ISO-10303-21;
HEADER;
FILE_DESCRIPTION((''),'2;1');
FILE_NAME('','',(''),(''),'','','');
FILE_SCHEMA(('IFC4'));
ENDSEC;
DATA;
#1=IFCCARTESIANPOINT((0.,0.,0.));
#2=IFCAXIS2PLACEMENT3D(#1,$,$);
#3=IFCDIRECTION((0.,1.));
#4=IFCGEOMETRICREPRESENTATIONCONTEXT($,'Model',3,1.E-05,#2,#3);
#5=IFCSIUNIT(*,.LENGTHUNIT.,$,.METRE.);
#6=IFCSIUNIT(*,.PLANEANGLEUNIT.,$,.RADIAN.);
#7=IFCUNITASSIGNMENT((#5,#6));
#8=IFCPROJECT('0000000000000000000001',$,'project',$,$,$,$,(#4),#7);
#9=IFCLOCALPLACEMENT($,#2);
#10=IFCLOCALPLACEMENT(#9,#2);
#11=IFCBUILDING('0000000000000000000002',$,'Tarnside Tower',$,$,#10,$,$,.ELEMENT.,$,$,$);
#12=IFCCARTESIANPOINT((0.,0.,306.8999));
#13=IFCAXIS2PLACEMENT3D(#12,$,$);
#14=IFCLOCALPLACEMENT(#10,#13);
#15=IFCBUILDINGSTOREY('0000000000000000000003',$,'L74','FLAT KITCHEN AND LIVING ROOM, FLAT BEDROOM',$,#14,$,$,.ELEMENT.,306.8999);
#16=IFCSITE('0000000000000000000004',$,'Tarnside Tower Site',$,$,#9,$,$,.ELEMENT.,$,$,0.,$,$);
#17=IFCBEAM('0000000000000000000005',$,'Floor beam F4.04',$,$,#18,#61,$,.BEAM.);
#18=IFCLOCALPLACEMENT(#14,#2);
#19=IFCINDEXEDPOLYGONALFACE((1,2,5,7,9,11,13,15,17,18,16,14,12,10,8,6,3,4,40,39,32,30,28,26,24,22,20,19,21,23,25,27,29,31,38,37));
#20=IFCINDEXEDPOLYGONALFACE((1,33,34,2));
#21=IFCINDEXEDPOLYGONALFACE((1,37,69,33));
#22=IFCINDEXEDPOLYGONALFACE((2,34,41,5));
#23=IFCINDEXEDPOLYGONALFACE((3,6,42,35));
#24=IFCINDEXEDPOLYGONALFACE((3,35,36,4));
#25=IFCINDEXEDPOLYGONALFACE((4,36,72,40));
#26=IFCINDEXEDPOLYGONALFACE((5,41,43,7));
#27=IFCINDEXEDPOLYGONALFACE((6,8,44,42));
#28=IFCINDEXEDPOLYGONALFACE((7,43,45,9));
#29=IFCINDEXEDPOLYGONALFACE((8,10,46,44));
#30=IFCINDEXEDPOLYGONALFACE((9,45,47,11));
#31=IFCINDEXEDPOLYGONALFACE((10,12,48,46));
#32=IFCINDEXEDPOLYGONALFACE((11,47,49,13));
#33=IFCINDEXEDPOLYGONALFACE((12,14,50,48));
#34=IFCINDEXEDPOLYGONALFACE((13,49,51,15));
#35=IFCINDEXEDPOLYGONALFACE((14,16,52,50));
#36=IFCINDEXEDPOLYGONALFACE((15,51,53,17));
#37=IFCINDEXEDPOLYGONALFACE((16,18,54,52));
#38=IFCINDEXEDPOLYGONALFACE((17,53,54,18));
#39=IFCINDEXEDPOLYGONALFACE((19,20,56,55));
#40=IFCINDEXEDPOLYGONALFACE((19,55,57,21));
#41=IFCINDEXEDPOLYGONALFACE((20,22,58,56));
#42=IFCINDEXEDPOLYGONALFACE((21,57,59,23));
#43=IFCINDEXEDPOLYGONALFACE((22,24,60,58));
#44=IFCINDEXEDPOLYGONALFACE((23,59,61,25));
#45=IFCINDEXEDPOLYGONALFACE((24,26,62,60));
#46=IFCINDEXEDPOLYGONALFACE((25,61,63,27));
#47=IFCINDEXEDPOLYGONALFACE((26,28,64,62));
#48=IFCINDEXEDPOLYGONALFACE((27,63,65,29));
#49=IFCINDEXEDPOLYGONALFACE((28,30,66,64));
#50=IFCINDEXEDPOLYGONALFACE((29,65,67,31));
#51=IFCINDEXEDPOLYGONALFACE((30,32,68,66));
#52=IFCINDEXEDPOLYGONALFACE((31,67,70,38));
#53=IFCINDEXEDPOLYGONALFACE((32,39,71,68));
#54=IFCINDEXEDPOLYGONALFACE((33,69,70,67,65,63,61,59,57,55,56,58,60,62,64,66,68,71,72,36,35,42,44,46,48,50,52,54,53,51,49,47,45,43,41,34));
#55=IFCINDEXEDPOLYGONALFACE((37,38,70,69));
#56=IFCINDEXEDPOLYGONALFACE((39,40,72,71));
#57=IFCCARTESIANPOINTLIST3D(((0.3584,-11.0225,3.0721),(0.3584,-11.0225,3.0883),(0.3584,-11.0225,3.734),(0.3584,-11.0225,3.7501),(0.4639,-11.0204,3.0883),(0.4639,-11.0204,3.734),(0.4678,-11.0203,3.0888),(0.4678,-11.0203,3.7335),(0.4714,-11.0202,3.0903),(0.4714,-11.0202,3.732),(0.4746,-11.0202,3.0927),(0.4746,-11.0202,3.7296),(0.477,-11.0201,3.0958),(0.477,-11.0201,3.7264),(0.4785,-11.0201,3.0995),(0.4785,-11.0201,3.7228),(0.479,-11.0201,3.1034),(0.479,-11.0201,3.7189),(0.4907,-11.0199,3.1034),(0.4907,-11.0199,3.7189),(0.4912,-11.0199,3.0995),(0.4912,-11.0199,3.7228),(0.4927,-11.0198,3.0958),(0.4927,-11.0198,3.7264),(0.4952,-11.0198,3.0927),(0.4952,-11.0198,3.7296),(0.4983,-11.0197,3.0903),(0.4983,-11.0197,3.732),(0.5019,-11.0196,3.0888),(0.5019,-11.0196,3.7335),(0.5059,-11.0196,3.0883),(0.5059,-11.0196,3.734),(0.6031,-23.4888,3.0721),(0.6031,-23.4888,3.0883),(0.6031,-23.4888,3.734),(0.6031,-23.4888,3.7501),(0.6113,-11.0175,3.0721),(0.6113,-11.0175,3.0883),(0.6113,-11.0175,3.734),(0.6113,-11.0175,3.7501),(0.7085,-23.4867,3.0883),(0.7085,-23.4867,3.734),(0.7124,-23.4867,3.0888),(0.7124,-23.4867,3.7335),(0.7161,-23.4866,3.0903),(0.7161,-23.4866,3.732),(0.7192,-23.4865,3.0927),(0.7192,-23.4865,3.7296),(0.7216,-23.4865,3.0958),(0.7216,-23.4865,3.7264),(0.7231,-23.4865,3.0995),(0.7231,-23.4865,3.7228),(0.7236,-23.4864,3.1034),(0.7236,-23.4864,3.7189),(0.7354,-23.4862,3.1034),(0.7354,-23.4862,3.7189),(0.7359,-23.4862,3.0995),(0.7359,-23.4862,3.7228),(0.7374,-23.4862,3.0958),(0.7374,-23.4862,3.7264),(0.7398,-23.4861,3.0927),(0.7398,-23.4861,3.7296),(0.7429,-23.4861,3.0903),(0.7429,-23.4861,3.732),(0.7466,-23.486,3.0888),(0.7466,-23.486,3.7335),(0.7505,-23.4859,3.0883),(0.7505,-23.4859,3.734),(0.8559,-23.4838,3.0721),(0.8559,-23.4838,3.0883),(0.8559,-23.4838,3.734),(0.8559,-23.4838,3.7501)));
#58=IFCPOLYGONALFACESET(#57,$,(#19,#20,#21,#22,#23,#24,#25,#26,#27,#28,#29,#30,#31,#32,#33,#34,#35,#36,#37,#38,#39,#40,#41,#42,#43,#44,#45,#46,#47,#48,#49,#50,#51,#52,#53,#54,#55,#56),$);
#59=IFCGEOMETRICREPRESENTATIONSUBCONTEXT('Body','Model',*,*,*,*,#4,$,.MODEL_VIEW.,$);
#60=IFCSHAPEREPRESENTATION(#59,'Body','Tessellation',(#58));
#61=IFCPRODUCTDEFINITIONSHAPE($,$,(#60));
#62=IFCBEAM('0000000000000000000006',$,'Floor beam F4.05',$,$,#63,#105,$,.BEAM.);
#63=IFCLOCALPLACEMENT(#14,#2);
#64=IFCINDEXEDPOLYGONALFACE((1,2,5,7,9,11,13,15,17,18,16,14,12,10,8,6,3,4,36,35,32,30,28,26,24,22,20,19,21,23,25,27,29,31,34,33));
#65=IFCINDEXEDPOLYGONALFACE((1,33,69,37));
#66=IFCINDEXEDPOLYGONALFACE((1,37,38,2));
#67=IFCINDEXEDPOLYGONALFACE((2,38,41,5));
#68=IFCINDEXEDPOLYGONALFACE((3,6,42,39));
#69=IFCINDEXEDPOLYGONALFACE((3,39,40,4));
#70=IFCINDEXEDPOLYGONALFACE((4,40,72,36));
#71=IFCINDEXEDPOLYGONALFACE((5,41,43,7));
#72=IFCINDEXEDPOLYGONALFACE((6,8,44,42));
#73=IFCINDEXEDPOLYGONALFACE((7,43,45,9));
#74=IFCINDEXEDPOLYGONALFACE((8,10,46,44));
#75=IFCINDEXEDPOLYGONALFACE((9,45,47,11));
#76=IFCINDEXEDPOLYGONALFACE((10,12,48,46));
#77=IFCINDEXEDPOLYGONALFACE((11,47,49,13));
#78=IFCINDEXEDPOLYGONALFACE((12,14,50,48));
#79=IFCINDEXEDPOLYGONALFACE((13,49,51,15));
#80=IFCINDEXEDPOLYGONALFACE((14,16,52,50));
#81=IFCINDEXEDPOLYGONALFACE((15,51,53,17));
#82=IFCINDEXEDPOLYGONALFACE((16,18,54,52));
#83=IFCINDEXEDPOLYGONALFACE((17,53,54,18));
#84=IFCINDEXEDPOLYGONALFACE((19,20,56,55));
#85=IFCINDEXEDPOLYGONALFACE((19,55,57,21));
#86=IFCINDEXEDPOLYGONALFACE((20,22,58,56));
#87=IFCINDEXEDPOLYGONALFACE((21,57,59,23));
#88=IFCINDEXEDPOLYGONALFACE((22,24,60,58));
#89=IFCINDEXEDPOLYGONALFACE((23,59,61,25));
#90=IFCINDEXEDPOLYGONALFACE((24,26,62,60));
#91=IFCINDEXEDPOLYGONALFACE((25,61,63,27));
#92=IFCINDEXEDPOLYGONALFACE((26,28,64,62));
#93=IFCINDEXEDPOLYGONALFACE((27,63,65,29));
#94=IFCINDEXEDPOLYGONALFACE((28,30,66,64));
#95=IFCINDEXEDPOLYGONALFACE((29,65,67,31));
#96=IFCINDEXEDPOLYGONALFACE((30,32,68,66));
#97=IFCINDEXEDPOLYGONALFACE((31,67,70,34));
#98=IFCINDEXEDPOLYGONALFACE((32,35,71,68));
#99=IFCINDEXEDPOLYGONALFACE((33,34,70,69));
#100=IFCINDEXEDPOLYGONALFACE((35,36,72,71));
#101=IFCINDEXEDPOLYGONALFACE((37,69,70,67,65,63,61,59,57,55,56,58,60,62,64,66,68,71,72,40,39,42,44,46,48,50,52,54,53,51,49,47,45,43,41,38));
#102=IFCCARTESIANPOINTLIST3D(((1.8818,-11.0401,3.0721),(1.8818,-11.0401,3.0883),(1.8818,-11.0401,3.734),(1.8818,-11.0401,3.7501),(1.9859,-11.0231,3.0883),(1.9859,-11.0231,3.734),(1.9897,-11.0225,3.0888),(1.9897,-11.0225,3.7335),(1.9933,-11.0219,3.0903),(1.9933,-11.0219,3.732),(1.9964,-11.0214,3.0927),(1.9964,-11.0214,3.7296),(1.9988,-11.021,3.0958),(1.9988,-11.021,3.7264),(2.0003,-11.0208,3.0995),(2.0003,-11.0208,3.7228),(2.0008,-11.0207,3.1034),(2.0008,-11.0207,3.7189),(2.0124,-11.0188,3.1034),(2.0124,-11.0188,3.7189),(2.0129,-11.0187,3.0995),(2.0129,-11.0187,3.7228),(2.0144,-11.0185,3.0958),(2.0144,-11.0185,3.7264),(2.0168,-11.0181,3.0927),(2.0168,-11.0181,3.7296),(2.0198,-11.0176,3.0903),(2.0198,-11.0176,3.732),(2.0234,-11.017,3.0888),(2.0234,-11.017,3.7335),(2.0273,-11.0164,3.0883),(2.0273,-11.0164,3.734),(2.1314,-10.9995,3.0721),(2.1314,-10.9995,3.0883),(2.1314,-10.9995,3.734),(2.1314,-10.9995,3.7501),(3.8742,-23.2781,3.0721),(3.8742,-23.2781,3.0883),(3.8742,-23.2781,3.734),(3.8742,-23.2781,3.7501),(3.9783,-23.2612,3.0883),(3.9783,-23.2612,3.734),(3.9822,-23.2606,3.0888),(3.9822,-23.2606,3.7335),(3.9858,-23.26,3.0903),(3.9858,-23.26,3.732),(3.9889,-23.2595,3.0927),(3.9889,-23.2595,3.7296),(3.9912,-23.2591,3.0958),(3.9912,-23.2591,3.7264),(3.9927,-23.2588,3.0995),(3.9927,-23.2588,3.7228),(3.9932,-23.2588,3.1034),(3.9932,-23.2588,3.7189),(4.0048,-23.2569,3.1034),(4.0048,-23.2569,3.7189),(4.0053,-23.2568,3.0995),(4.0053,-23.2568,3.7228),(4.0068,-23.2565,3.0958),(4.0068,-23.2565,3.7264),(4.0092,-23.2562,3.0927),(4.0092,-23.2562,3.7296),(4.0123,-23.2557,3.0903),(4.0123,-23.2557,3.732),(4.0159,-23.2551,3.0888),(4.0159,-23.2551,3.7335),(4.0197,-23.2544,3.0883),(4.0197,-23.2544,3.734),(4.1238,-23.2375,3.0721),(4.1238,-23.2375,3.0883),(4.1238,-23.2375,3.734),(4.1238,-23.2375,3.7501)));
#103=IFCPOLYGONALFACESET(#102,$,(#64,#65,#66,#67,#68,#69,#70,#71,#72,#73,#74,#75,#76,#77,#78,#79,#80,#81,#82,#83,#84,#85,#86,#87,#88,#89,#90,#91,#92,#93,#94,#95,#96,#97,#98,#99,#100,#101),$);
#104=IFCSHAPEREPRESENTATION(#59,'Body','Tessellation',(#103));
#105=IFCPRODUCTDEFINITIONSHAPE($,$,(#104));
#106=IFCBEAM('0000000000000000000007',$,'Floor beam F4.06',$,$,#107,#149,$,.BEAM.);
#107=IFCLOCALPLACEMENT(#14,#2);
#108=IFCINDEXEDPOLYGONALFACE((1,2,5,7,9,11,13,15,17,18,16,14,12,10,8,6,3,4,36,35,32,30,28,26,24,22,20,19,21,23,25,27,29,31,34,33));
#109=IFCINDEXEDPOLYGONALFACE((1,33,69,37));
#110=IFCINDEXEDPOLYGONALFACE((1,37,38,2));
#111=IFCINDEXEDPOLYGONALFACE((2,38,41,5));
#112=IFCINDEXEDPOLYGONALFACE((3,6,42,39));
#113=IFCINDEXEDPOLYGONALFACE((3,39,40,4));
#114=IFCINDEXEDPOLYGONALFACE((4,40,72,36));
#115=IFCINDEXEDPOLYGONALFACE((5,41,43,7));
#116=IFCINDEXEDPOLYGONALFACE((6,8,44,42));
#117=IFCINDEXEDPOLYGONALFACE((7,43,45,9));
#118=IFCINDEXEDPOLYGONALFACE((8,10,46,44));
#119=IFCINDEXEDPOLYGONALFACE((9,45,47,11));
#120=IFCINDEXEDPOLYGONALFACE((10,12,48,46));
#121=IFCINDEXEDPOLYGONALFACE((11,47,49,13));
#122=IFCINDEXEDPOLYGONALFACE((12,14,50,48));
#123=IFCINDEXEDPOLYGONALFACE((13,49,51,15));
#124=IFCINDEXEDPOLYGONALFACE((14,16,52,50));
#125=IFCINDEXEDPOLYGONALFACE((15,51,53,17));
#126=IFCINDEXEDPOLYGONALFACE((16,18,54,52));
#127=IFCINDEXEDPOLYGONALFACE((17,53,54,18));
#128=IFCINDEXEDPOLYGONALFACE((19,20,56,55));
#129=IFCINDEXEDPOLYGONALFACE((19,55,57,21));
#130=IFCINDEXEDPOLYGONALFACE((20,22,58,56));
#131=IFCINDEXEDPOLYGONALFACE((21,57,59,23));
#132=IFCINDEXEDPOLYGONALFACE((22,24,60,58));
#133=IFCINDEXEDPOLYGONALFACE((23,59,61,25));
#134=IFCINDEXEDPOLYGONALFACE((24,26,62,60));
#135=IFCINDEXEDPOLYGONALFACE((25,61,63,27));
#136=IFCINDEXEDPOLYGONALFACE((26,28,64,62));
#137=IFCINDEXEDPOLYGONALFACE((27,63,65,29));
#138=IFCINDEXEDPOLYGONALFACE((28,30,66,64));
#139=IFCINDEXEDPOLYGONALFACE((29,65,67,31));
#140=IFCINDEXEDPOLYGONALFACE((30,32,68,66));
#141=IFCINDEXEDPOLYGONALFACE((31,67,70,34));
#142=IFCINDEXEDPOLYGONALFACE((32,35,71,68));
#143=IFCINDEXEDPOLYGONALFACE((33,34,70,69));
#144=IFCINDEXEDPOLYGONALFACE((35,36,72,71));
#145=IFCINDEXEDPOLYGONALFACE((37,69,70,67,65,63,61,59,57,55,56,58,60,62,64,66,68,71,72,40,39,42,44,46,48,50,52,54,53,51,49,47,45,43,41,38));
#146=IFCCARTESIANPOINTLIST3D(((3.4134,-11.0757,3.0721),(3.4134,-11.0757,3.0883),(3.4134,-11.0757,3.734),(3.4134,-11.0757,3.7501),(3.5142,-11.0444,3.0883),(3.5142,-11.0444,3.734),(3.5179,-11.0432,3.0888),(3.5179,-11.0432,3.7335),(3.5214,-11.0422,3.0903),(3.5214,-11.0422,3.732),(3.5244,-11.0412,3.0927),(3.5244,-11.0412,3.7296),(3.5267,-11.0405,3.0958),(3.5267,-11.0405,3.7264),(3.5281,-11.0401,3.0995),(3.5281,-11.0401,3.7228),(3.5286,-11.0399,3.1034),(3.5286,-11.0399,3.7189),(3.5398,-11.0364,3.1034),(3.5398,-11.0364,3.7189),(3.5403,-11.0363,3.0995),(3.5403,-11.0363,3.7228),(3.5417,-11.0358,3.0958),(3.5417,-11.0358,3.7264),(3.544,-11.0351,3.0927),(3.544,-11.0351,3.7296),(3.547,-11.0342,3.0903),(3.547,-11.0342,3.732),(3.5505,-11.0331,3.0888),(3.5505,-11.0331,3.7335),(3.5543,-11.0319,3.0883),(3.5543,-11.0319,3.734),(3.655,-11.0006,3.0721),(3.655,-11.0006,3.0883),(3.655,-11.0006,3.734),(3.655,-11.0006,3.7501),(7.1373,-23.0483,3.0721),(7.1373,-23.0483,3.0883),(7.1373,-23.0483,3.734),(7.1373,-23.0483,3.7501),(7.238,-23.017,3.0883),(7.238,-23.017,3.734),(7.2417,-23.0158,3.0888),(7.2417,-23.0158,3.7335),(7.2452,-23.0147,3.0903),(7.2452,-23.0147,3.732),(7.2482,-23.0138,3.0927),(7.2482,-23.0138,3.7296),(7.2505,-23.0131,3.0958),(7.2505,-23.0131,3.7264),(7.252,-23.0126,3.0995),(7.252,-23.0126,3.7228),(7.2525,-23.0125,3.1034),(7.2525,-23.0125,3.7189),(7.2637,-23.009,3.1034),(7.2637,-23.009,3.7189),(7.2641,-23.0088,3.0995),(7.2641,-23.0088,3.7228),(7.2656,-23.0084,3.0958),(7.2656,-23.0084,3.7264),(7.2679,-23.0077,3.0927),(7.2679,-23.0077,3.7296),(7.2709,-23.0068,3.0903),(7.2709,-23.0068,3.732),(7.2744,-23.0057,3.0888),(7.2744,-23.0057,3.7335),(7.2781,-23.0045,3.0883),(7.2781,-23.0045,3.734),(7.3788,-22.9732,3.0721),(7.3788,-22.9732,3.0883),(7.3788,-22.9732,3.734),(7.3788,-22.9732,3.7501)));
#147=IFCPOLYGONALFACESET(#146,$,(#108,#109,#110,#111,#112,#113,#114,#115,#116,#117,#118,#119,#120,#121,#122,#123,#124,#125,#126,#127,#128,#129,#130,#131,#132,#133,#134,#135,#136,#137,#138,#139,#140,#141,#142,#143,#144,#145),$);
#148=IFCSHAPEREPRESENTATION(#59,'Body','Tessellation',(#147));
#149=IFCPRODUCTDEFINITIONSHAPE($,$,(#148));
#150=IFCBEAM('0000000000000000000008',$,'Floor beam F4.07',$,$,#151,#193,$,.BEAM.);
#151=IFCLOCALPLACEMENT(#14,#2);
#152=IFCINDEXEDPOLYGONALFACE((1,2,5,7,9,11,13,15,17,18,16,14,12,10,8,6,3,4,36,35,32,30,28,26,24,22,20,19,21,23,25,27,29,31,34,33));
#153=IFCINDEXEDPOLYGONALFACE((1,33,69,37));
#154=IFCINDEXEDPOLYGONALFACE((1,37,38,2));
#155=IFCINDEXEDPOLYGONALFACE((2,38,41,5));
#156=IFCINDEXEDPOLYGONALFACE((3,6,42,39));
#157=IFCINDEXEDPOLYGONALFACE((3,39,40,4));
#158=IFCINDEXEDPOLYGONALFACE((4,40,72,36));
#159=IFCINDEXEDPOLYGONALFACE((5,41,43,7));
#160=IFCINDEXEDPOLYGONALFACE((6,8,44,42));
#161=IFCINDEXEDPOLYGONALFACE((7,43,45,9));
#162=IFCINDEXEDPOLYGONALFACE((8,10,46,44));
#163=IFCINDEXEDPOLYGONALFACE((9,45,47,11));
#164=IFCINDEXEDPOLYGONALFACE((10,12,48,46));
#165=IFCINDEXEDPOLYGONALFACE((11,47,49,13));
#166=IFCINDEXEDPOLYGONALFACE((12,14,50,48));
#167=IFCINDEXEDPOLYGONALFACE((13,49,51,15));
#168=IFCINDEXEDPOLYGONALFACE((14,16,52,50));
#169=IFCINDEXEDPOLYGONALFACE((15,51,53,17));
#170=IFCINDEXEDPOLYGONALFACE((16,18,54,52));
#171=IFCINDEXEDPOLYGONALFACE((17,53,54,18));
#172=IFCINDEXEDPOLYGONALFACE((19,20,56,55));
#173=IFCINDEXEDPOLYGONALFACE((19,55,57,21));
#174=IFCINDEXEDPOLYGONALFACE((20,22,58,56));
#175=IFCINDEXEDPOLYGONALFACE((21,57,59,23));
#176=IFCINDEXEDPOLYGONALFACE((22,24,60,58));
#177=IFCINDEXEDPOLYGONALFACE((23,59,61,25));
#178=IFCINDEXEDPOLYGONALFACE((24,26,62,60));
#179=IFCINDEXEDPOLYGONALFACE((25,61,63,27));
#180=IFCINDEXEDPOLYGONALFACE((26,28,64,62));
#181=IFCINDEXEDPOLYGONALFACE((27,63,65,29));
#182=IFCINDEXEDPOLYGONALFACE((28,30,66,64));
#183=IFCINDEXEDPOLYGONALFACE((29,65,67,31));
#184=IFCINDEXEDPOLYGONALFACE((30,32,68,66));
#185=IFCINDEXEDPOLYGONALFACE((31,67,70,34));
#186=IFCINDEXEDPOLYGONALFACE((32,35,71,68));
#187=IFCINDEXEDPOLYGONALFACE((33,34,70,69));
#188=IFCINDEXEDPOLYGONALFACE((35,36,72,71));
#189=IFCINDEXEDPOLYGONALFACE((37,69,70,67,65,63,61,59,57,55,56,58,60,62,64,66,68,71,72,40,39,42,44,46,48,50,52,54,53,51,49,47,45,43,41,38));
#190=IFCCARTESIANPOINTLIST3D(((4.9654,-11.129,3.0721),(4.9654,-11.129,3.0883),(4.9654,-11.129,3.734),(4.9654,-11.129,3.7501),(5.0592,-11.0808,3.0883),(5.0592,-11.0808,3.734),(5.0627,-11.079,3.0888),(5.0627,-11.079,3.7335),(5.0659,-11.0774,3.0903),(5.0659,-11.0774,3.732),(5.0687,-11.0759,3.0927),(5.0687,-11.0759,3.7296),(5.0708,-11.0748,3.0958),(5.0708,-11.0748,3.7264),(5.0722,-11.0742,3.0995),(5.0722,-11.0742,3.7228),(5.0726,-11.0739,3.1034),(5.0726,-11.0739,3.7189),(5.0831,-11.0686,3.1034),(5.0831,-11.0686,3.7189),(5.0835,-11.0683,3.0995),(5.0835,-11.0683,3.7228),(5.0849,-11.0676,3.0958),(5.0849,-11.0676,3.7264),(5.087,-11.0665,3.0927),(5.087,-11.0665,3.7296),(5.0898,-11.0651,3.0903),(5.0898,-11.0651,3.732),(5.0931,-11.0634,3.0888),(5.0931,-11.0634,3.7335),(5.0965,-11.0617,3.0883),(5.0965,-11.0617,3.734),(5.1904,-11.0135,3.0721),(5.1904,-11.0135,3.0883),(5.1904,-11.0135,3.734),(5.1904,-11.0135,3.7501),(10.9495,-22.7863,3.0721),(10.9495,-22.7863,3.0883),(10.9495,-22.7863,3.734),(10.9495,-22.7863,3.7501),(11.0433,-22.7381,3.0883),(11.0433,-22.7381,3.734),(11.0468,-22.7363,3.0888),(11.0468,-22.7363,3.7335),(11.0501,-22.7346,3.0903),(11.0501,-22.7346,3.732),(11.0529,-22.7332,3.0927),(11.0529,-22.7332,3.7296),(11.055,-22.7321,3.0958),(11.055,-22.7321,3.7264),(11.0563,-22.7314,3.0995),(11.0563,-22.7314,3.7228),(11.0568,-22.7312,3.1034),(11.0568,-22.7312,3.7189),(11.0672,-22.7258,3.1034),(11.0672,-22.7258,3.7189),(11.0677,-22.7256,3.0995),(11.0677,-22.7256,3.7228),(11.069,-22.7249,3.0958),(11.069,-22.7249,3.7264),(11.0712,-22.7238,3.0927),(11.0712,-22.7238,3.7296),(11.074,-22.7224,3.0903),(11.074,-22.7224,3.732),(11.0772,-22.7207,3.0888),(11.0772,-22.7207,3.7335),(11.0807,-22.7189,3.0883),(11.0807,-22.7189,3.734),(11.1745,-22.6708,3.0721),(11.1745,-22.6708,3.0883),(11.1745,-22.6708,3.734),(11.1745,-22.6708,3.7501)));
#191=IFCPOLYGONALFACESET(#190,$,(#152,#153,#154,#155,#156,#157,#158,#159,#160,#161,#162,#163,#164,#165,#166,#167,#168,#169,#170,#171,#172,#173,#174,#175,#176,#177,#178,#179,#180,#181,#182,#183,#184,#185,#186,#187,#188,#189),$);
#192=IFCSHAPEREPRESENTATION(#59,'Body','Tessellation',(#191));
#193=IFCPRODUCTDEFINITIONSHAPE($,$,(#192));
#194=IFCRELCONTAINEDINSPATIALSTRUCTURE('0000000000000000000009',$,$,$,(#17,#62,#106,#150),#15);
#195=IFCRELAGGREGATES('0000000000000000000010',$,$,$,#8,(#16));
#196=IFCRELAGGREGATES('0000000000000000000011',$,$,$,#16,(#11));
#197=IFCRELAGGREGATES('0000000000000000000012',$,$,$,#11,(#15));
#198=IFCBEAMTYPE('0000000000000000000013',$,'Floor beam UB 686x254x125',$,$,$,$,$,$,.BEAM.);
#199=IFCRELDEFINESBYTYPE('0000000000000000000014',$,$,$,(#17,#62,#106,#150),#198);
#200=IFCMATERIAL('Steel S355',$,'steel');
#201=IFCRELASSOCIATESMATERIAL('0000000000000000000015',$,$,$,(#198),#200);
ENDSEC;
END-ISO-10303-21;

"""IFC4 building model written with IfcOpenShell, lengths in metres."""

from ifc_helpers import new_model, si_unit, direction, frame, origin, origin_2d, place, context, subcontext, project, spatial, i_section, extrude, material, material_profile, profile_set, type_object, element, save


model = new_model("IFC4")

# Units and contexts
model_context = context("Model", 3, precision=1e-05, world=origin(), true_north=direction((0.0, 1.0)))
body_context = subcontext(model_context, "Body", "Model", "MODEL_VIEW")
ifc_project = project(units=[si_unit("LENGTHUNIT", "METRE"), si_unit("PLANEANGLEUNIT", "RADIAN")], contexts=[model_context])

# Site, building, storey
site_placement = place(None, origin())
site = spatial("IfcSite", under=ifc_project, at=site_placement, Name="Tarnside Tower Site", CompositionType="ELEMENT", RefElevation=0.0)
building_placement = place(site_placement, origin())
building = spatial("IfcBuilding", under=site, at=building_placement, Name="Tarnside Tower", CompositionType="ELEMENT")
storey_placement = place(building_placement, frame((0.0, 0.0, 306.8999)))
storey = spatial("IfcBuildingStorey", under=building, at=storey_placement, Name="L74", Description="FLAT KITCHEN AND LIVING ROOM, FLAT BEDROOM", CompositionType="ELEMENT", Elevation=306.8999)

# Beams
ifc_material_1 = material(Name="Steel S355", Category="steel")
ifc_material_profile = material_profile(ifc_material_1, i_section(OverallWidth=0.2529, OverallDepth=0.678, WebThickness=0.0117, FlangeThickness=0.0161, FilletRadius=0.0151, at=origin_2d()), Name="UB 686x254x125")
ifc_profile_set = profile_set([ifc_material_profile], Name="Steel S355")
beam_type = type_object("IfcBeamType", Name="Floor beam UB 686x254x125", PredefinedType="BEAM", material=ifc_profile_set)
beam_1_placement = place(storey_placement, frame((0.7295, -23.4863, 3.4111), z_axis=(-0.019619, 0.999808, 0.0), x_axis=(-0.999808, -0.019619, 0.0)))
element("IfcBeam", 1, at=beam_1_placement, inside=storey, type_object=beam_type, Name="Floor beam F4.04", PredefinedType="BEAM", context=body_context, shape_type="SweptSolid", body=[
    extrude(i_section(OverallWidth=0.2529, OverallDepth=0.678, WebThickness=0.0117, FlangeThickness=0.0161, FilletRadius=0.0151, at=origin_2d()), origin(), (0.0, 0.0, 1.0), 12.4688),
])
beam_2_placement = place(storey_placement, frame((3.999, -23.2578, 3.4111), z_axis=(-0.160691, 0.987005, 0.0), x_axis=(-0.987005, -0.160691, 0.0)))
element("IfcBeam", 2, at=beam_2_placement, inside=storey, type_object=beam_type, Name="Floor beam F4.05", PredefinedType="BEAM", context=body_context, shape_type="SweptSolid", body=[
    extrude(i_section(OverallWidth=0.2529, OverallDepth=0.678, WebThickness=0.0117, FlangeThickness=0.0161, FilletRadius=0.0151, at=origin_2d()), origin(), (0.0, 0.0, 1.0), 12.3992),
])
beam_3_placement = place(storey_placement, frame((7.2581, -23.0107, 3.4111), z_axis=(-0.296998, 0.954878, 0.0), x_axis=(-0.954878, -0.296998, 0.0)))
element("IfcBeam", 3, at=beam_3_placement, inside=storey, type_object=beam_type, Name="Floor beam F4.06", PredefinedType="BEAM", context=body_context, shape_type="SweptSolid", body=[
    extrude(i_section(OverallWidth=0.2529, OverallDepth=0.678, WebThickness=0.0117, FlangeThickness=0.0161, FilletRadius=0.0151, at=origin_2d()), origin(), (0.0, 0.0, 1.0), 12.5383),
])
beam_4_placement = place(storey_placement, frame((11.062, -22.7285, 3.4111), z_axis=(-0.456683, 0.889629, 0.0), x_axis=(-0.889629, -0.456683, 0.0)))
element("IfcBeam", 4, at=beam_4_placement, inside=storey, type_object=beam_type, Name="Floor beam F4.07", PredefinedType="BEAM", context=body_context, shape_type="SweptSolid", body=[
    extrude(i_section(OverallWidth=0.2529, OverallDepth=0.678, WebThickness=0.0117, FlangeThickness=0.0161, FilletRadius=0.0151, at=origin_2d()), origin(), (0.0, 0.0, 1.0), 13.1035),
])

save(model, "model.ifc")
